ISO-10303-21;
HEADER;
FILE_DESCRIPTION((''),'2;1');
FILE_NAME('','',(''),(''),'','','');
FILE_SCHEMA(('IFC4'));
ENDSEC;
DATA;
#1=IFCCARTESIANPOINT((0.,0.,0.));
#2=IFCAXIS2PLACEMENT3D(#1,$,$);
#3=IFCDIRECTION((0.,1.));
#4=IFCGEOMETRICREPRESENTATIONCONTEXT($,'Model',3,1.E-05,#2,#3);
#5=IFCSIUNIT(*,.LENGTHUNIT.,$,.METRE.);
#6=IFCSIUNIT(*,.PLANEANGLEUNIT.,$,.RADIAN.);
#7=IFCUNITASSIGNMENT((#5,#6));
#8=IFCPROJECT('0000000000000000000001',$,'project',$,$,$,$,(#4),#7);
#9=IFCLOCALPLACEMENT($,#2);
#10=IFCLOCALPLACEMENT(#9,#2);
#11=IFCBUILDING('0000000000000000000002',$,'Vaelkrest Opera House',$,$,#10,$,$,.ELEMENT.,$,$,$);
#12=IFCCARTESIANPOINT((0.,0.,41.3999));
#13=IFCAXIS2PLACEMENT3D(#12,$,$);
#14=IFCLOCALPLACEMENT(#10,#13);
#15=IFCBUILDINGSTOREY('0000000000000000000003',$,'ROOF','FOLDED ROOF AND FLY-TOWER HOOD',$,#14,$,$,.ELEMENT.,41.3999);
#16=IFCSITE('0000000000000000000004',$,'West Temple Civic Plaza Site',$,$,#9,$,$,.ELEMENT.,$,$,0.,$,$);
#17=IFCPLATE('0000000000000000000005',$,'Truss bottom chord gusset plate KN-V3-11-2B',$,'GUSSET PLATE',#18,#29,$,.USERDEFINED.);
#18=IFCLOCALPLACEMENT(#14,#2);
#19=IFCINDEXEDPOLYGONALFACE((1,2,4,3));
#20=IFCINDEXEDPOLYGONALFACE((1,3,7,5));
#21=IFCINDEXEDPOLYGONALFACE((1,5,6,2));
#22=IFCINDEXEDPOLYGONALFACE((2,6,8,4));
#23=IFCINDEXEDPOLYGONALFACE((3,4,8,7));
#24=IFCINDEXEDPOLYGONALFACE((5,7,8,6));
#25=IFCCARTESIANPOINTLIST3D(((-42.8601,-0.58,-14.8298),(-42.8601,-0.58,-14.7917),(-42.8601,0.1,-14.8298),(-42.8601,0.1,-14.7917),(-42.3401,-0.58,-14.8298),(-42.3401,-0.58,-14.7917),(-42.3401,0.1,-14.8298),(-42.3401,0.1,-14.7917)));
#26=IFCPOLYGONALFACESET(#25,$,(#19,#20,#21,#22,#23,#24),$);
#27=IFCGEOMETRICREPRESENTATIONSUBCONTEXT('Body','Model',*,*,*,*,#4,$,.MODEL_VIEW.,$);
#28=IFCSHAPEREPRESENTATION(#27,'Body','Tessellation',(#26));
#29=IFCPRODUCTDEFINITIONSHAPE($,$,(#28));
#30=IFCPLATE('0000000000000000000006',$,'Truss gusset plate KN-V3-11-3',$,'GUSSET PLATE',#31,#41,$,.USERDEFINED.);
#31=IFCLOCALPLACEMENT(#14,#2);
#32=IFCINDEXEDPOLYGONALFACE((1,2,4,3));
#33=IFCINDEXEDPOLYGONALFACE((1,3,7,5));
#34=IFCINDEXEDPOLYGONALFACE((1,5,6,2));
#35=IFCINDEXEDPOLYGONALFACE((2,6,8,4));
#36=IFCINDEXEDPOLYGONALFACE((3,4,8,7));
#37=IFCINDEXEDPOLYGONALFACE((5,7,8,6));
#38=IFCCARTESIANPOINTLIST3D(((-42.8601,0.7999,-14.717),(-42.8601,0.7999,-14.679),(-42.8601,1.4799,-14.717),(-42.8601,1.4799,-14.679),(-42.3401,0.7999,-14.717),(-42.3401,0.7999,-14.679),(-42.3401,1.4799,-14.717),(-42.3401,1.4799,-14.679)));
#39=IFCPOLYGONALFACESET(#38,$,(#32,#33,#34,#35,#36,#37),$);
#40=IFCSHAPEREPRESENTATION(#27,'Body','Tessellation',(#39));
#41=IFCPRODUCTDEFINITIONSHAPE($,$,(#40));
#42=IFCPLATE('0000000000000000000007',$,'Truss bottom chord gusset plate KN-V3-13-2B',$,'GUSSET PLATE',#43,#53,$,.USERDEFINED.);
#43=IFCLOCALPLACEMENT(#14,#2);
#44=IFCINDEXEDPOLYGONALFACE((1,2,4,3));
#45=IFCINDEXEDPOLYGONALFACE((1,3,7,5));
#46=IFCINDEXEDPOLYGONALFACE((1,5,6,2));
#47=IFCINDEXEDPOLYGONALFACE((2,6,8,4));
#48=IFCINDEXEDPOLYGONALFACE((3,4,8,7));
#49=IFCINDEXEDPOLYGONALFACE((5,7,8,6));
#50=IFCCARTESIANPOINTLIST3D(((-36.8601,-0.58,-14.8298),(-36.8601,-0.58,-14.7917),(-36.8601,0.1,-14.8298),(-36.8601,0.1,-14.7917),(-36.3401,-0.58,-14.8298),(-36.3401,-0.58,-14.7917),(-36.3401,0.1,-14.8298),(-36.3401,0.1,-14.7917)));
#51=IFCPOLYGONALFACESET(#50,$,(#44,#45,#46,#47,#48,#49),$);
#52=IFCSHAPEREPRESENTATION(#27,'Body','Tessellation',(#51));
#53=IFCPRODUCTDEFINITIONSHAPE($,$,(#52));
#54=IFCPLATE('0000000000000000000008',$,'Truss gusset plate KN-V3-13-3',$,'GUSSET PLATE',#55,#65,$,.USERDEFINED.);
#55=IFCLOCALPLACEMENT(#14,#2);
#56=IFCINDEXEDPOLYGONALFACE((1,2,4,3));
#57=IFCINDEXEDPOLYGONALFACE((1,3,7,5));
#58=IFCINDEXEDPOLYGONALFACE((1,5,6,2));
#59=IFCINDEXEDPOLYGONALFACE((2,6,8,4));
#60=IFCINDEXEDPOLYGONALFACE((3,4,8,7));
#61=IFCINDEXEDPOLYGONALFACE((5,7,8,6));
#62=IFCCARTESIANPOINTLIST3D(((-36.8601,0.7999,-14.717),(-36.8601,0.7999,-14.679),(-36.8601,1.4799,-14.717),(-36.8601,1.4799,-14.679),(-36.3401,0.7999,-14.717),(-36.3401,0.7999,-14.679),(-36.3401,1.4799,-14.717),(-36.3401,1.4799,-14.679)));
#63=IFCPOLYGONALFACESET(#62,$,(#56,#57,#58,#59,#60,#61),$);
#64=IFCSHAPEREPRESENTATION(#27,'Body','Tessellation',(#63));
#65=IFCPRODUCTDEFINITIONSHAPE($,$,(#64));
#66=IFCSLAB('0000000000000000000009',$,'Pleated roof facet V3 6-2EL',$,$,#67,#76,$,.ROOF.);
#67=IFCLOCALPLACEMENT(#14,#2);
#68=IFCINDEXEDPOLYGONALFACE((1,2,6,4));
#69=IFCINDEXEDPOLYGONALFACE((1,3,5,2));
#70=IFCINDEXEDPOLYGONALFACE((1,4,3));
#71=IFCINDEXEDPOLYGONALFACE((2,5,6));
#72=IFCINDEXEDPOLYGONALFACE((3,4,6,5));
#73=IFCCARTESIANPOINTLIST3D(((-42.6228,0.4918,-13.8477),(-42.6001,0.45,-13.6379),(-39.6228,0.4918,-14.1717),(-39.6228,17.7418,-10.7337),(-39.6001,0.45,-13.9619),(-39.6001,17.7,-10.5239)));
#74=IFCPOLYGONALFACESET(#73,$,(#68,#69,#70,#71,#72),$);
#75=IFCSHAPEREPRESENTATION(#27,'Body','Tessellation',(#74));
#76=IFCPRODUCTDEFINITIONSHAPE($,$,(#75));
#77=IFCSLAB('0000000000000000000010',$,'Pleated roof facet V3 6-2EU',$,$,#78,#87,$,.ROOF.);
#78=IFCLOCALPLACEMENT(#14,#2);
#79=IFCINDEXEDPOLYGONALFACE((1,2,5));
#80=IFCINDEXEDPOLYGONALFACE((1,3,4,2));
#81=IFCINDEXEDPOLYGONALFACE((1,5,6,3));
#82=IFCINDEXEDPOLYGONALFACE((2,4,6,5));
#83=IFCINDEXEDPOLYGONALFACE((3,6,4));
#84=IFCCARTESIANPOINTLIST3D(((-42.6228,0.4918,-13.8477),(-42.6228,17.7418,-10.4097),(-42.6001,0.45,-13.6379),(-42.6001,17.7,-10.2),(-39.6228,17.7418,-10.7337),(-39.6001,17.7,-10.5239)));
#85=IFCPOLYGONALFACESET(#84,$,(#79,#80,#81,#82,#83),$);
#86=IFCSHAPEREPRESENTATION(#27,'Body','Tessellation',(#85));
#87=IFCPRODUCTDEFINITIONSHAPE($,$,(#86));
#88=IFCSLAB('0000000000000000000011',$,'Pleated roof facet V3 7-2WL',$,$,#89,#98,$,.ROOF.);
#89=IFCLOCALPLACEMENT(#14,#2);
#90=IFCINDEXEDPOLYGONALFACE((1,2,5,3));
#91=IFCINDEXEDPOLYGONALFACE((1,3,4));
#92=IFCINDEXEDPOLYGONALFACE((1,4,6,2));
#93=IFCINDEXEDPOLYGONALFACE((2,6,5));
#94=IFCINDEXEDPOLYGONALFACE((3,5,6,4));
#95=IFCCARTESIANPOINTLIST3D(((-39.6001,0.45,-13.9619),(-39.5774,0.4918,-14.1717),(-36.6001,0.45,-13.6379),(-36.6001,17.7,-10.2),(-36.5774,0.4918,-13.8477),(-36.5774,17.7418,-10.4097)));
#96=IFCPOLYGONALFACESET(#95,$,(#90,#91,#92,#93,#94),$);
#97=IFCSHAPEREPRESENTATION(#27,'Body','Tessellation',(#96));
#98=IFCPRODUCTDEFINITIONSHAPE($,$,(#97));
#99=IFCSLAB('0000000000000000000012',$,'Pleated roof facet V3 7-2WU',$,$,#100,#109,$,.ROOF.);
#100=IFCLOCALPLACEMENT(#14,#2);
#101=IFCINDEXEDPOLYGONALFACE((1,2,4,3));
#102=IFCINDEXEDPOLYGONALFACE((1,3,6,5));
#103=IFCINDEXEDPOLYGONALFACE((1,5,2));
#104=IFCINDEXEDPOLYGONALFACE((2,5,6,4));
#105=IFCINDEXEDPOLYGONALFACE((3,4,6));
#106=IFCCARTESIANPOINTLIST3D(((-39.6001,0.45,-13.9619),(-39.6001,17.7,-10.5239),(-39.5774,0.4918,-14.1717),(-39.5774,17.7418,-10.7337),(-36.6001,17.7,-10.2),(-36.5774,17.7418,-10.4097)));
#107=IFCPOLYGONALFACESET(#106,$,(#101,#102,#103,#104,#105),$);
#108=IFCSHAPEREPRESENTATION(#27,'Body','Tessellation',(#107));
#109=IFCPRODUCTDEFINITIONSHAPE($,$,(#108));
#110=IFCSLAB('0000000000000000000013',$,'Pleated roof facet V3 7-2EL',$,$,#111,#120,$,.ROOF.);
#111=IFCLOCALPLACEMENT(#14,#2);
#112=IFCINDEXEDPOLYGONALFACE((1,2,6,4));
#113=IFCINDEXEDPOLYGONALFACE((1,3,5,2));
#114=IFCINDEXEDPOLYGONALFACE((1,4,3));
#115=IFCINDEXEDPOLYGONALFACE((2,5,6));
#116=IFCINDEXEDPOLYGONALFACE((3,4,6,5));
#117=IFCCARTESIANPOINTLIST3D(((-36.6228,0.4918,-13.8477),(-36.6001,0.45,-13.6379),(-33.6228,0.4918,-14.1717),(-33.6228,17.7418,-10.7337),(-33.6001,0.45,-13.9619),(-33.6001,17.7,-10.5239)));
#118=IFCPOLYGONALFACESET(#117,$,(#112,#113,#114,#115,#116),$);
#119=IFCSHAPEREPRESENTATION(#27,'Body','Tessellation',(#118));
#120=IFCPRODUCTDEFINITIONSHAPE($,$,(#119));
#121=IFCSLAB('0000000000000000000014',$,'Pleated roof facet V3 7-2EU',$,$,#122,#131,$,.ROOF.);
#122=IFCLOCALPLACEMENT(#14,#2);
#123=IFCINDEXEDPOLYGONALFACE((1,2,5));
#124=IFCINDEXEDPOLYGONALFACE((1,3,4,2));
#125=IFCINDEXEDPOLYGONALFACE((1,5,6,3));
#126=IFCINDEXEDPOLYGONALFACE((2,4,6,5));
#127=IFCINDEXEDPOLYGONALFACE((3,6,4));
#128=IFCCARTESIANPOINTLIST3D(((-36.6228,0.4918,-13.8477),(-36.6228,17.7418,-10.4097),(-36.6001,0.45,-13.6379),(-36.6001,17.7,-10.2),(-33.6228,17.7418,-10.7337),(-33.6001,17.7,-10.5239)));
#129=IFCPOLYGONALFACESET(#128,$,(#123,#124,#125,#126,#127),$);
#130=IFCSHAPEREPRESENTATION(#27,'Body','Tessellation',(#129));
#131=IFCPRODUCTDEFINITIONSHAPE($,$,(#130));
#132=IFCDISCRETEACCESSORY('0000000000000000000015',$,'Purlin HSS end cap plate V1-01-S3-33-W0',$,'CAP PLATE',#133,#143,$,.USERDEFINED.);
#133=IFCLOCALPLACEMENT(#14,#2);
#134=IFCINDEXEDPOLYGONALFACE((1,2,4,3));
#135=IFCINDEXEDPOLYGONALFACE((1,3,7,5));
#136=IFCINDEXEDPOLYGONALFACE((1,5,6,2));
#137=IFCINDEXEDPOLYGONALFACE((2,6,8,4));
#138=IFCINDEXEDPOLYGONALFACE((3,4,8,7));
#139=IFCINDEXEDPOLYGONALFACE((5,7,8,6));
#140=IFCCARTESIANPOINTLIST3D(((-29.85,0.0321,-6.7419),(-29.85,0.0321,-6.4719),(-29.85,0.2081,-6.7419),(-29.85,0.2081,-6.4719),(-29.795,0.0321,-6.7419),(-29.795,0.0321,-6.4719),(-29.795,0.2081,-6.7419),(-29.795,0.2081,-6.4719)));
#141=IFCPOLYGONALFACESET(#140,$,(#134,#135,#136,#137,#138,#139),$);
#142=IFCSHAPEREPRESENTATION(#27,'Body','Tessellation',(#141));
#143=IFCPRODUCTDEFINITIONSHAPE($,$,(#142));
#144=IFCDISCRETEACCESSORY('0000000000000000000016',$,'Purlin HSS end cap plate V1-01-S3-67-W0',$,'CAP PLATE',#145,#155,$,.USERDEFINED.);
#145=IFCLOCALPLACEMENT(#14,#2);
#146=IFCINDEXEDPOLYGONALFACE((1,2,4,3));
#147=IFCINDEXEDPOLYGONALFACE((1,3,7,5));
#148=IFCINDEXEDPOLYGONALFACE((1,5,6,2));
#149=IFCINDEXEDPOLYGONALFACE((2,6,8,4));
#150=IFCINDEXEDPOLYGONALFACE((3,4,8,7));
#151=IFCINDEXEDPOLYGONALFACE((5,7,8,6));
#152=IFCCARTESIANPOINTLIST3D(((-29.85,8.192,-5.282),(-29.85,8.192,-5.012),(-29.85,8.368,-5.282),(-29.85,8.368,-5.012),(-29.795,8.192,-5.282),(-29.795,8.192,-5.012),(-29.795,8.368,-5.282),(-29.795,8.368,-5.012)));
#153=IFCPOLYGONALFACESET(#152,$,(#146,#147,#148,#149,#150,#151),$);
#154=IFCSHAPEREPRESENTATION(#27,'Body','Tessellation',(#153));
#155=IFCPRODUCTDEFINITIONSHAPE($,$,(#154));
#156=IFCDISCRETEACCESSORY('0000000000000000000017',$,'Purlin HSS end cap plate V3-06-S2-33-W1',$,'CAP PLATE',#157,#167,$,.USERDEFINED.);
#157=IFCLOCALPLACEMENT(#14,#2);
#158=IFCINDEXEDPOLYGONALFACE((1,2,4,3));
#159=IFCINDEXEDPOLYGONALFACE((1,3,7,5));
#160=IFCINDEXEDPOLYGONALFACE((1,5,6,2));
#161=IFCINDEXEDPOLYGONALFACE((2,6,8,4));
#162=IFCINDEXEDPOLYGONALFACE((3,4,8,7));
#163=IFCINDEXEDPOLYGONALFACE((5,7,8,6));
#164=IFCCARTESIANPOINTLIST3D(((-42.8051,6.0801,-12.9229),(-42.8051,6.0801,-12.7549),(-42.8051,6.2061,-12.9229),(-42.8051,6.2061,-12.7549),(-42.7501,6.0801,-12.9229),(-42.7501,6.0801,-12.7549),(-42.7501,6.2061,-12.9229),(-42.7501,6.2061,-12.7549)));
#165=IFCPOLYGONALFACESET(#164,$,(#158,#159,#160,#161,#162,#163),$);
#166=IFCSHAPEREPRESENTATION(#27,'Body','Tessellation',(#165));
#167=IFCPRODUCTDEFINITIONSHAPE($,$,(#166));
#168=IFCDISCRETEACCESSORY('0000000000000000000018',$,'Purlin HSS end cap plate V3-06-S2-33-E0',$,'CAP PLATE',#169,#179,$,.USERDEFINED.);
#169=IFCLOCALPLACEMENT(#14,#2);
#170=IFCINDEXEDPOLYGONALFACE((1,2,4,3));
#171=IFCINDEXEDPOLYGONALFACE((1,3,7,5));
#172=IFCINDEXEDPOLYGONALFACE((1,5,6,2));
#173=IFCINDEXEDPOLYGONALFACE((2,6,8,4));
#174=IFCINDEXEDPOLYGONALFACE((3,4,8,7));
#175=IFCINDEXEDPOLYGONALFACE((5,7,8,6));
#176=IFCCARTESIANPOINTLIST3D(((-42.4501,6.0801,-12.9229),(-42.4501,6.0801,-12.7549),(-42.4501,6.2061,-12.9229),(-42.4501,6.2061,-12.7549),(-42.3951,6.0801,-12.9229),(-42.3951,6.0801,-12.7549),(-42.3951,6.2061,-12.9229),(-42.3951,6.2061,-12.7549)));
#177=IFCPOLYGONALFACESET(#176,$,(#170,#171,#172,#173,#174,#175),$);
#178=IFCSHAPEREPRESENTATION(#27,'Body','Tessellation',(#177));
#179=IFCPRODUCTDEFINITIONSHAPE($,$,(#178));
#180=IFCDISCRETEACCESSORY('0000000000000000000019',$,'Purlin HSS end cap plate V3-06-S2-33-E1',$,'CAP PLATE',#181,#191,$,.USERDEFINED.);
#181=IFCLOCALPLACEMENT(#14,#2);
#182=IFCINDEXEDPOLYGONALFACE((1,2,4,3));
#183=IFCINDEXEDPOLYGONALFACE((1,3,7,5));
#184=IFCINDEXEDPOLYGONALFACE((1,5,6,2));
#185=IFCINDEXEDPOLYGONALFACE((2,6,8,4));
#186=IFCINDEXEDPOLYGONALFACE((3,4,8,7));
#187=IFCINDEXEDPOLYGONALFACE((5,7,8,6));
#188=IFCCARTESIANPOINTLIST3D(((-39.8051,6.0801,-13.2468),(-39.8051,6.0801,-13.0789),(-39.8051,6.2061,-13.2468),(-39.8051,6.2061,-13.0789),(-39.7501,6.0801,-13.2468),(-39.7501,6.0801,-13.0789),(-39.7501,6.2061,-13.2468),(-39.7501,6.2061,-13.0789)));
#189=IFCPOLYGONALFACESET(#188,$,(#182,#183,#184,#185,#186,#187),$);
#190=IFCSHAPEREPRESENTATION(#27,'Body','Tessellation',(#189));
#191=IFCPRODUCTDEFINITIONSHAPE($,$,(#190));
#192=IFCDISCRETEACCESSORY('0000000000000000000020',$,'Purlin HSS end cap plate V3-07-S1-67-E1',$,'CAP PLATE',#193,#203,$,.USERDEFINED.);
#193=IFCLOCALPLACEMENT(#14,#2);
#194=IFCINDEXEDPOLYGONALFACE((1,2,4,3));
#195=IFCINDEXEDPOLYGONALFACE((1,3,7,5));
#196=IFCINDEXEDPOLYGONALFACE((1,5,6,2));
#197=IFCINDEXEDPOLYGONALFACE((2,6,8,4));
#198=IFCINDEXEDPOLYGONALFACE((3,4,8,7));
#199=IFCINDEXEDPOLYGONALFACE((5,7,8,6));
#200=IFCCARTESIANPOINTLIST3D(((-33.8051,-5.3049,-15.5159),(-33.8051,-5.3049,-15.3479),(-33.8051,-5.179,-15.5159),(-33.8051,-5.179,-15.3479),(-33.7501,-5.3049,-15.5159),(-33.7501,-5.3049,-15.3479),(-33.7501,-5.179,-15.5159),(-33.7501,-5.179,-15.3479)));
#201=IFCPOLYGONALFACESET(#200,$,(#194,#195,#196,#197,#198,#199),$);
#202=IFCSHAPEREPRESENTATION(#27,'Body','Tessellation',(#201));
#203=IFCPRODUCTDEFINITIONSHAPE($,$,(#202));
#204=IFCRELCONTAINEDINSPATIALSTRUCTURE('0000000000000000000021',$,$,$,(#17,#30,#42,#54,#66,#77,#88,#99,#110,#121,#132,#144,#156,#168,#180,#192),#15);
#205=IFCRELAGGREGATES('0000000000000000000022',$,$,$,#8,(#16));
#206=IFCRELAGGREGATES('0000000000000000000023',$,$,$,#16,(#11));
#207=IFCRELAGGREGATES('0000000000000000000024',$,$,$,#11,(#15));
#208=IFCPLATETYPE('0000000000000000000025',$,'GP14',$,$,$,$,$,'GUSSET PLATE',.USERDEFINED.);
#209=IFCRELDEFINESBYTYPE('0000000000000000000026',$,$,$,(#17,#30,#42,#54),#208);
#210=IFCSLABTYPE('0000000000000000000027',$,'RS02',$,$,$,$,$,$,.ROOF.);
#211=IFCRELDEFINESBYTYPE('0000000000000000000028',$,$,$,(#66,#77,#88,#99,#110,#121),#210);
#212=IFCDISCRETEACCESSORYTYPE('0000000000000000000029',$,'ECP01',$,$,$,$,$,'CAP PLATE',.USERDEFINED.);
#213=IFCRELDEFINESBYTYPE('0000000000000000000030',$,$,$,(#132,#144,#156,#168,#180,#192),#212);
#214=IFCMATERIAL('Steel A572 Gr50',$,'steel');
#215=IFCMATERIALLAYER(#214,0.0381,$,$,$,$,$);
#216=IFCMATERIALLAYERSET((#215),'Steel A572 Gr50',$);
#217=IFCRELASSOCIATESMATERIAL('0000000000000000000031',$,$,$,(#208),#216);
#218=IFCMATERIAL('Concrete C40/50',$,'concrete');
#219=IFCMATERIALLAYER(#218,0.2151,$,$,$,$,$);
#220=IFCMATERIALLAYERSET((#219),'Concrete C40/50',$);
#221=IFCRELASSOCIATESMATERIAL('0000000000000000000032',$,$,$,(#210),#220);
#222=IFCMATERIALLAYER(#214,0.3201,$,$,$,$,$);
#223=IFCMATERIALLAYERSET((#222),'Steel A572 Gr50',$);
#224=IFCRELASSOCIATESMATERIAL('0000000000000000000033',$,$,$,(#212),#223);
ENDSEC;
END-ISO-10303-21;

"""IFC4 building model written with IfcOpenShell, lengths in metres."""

from ifc_helpers import new_model, si_unit, direction, frame, origin, origin_2d, place, context, subcontext, project, spatial, polyline, rectangle, outline, extrude, material, layer, layer_set, type_object, element, save


model = new_model("IFC4")

# Units and contexts
model_context = context("Model", 3, precision=1e-05, world=origin(), true_north=direction((0.0, 1.0)))
body_context = subcontext(model_context, "Body", "Model", "MODEL_VIEW")
ifc_project = project(units=[si_unit("LENGTHUNIT", "METRE"), si_unit("PLANEANGLEUNIT", "RADIAN")], contexts=[model_context])

# Site, building, storey
site_placement = place(None, origin())
site = spatial("IfcSite", under=ifc_project, at=site_placement, Name="West Temple Civic Plaza Site", CompositionType="ELEMENT", RefElevation=0.0)
building_placement = place(site_placement, origin())
building = spatial("IfcBuilding", under=site, at=building_placement, Name="Vaelkrest Opera House", CompositionType="ELEMENT")
storey_placement = place(building_placement, frame((0.0, 0.0, 41.3999)))
storey = spatial("IfcBuildingStorey", under=building, at=storey_placement, Name="ROOF", Description="FOLDED ROOF AND FLY-TOWER HOOD", CompositionType="ELEMENT", Elevation=41.3999)

# Plates
ifc_material_1 = material(Name="Steel A572 Gr50", Category="steel")
ifc_layer_1 = layer(ifc_material_1, 0.0381)
ifc_layer_set_1 = layer_set([ifc_layer_1], Name="Steel A572 Gr50")
plate_type = type_object("IfcPlateType", Name="GP14", ElementType="GUSSET PLATE", PredefinedType="USERDEFINED", material=ifc_layer_set_1)
for number, where, z_axis, x_axis, name in (
    (1, (-42.6001, -0.24, -14.8298), (0.0, 0.0, 1.0), (0.0, 1.0, 0.0), "Truss bottom chord gusset plate KN-V3-11-2B"),
    (2, (-42.6001, 1.1399, -14.717), (0.0, 0.0, 1.0), (0.0, 1.0, 0.0), "Truss gusset plate KN-V3-11-3"),
    (3, (-36.6001, -0.24, -14.8298), (0.0, 0.0, 1.0), (0.0, 1.0, 0.0), "Truss bottom chord gusset plate KN-V3-13-2B"),
    (4, (-36.6001, 1.1399, -14.717), (0.0, 0.0, 1.0), (0.0, 1.0, 0.0), "Truss gusset plate KN-V3-13-3"),
):
    element("IfcPlate", number, at=place(storey_placement, frame(where, z_axis=z_axis, x_axis=x_axis)), inside=storey, type_object=plate_type, Name=name, ObjectType="GUSSET PLATE", PredefinedType="USERDEFINED", context=body_context, shape_type="SweptSolid", body=[
        extrude(rectangle(XDim=0.6799, YDim=0.52, at=origin_2d()), origin(), (0.0, 0.0, 1.0), 0.0381),
    ])

# Slabs
ifc_material_2 = material(Name="Concrete C40/50", Category="concrete")
ifc_layer_2 = layer(ifc_material_2, 0.2151)
ifc_layer_set_2 = layer_set([ifc_layer_2], Name="Concrete C40/50")
slab_type = type_object("IfcSlabType", Name="RS02", PredefinedType="ROOF", material=ifc_layer_set_2)
slab_1_placement = place(storey_placement, frame((-42.6001, 0.45, -13.6379), z_axis=(0.10532, -0.194372, 0.975257), x_axis=(0.994219, 0.0, -0.107367)))
element("IfcSlab", 5, at=slab_1_placement, inside=storey, type_object=slab_type, Name="Pleated roof facet V3 6-2EL", PredefinedType="ROOF", context=body_context, shape_type="SweptSolid", body=[
    extrude(outline(polyline([(0.0, 0.0), (3.0174, 0.0), (2.6483, 17.5854), (0.0, 0.0)])), origin(), (0.0, 0.0, -1.0), 0.2151),
])
slab_2_placement = place(storey_placement, frame((-42.6001, 0.45, -13.6379), z_axis=(0.10532, -0.194372, 0.975257), x_axis=(0.168694, 0.96999, 0.175105)))
element("IfcSlab", 6, at=slab_2_placement, inside=storey, type_object=slab_type, Name="Pleated roof facet V3 6-2EU", PredefinedType="ROOF", context=body_context, shape_type="SweptSolid", body=[
    extrude(outline(polyline([(0.0, 0.0), (17.7837, 0.0), (17.3343, 2.9838), (0.0, 0.0)])), origin(), (0.0, 0.0, -1.0), 0.2151),
])
slab_3_placement = place(storey_placement, frame((-39.6001, 0.45, -13.9619), z_axis=(-0.10532, -0.194372, 0.975257), x_axis=(0.994219, 0.0, 0.107367)))
element("IfcSlab", 7, at=slab_3_placement, inside=storey, type_object=slab_type, Name="Pleated roof facet V3 7-2WL", PredefinedType="ROOF", context=body_context, shape_type="SweptSolid", body=[
    extrude(outline(polyline([(0.0, 0.0), (3.0174, 0.0), (3.3866, 17.5854), (0.0, 0.0)])), origin(), (0.0, 0.0, -1.0), 0.2151),
])
slab_4_placement = place(storey_placement, frame((-39.6001, 0.45, -13.9619), z_axis=(-0.10532, -0.194372, 0.975257), x_axis=(0.167518, 0.963229, 0.210066)))
element("IfcSlab", 8, at=slab_4_placement, inside=storey, type_object=slab_type, Name="Pleated roof facet V3 7-2WU", PredefinedType="ROOF", context=body_context, shape_type="SweptSolid", body=[
    extrude(outline(polyline([(0.0, 0.0), (17.9085, 0.0), (17.3379, 2.963), (0.0, 0.0)])), origin(), (0.0, 0.0, -1.0), 0.2151),
])
slab_5_placement = place(storey_placement, frame((-36.6001, 0.45, -13.6379), z_axis=(0.10532, -0.194372, 0.975257), x_axis=(0.994219, 0.0, -0.107367)))
element("IfcSlab", 9, at=slab_5_placement, inside=storey, type_object=slab_type, Name="Pleated roof facet V3 7-2EL", PredefinedType="ROOF", context=body_context, shape_type="SweptSolid", body=[
    extrude(outline(polyline([(0.0, 0.0), (3.0174, 0.0), (2.6483, 17.5854), (0.0, 0.0)])), origin(), (0.0, 0.0, -1.0), 0.2151),
])
slab_6_placement = place(storey_placement, frame((-36.6001, 0.45, -13.6379), z_axis=(0.10532, -0.194372, 0.975257), x_axis=(0.168694, 0.96999, 0.175105)))
element("IfcSlab", 10, at=slab_6_placement, inside=storey, type_object=slab_type, Name="Pleated roof facet V3 7-2EU", PredefinedType="ROOF", context=body_context, shape_type="SweptSolid", body=[
    extrude(outline(polyline([(0.0, 0.0), (17.7837, 0.0), (17.3343, 2.9838), (0.0, 0.0)])), origin(), (0.0, 0.0, -1.0), 0.2151),
])

# Discrete accessories
ifc_layer_3 = layer(ifc_material_1, 0.3201)
ifc_layer_set_3 = layer_set([ifc_layer_3], Name="Steel A572 Gr50")
discrete_accessory_type = type_object("IfcDiscreteAccessoryType", Name="ECP01", ElementType="CAP PLATE", PredefinedType="USERDEFINED", material=ifc_layer_set_3)
for number, where, z_axis, x_axis, name in (
    (11, (-29.8225, 0.1201, -6.7419), (0.0, 0.0, 1.0), (1.0, 0.0, 0.0), "Purlin HSS end cap plate V1-01-S3-33-W0"),
    (12, (-29.8225, 8.28, -5.282), (0.0, 0.0, 1.0), (1.0, 0.0, 0.0), "Purlin HSS end cap plate V1-01-S3-67-W0"),
):
    element("IfcDiscreteAccessory", number, at=place(storey_placement, frame(where, z_axis=z_axis, x_axis=x_axis)), inside=storey, type_object=discrete_accessory_type, Name=name, ObjectType="CAP PLATE", PredefinedType="USERDEFINED", context=body_context, shape_type="SweptSolid", body=[
        extrude(rectangle(XDim=0.0549, YDim=0.176, at=origin_2d()), origin(), (0.0, 0.0, 1.0), 0.27),
    ])
for number, where, z_axis, x_axis, name in (
    (13, (-42.7776, 6.1431, -12.9229), (0.0, 0.0, 1.0), (1.0, 0.0, 0.0), "Purlin HSS end cap plate V3-06-S2-33-W1"),
    (14, (-42.4226, 6.1431, -12.9229), (0.0, 0.0, 1.0), (1.0, 0.0, 0.0), "Purlin HSS end cap plate V3-06-S2-33-E0"),
    (15, (-39.7776, 6.1431, -13.2468), (0.0, 0.0, 1.0), (1.0, 0.0, 0.0), "Purlin HSS end cap plate V3-06-S2-33-E1"),
    (16, (-33.7776, -5.2419, -15.5159), (0.0, 0.0, 1.0), (1.0, 0.0, 0.0), "Purlin HSS end cap plate V3-07-S1-67-E1"),
):
    element("IfcDiscreteAccessory", number, at=place(storey_placement, frame(where, z_axis=z_axis, x_axis=x_axis)), inside=storey, type_object=discrete_accessory_type, Name=name, ObjectType="CAP PLATE", PredefinedType="USERDEFINED", context=body_context, shape_type="SweptSolid", body=[
        extrude(rectangle(XDim=0.0549, YDim=0.126, at=origin_2d()), origin(), (0.0, 0.0, 1.0), 0.168),
    ])

save(model, "model.ifc")
